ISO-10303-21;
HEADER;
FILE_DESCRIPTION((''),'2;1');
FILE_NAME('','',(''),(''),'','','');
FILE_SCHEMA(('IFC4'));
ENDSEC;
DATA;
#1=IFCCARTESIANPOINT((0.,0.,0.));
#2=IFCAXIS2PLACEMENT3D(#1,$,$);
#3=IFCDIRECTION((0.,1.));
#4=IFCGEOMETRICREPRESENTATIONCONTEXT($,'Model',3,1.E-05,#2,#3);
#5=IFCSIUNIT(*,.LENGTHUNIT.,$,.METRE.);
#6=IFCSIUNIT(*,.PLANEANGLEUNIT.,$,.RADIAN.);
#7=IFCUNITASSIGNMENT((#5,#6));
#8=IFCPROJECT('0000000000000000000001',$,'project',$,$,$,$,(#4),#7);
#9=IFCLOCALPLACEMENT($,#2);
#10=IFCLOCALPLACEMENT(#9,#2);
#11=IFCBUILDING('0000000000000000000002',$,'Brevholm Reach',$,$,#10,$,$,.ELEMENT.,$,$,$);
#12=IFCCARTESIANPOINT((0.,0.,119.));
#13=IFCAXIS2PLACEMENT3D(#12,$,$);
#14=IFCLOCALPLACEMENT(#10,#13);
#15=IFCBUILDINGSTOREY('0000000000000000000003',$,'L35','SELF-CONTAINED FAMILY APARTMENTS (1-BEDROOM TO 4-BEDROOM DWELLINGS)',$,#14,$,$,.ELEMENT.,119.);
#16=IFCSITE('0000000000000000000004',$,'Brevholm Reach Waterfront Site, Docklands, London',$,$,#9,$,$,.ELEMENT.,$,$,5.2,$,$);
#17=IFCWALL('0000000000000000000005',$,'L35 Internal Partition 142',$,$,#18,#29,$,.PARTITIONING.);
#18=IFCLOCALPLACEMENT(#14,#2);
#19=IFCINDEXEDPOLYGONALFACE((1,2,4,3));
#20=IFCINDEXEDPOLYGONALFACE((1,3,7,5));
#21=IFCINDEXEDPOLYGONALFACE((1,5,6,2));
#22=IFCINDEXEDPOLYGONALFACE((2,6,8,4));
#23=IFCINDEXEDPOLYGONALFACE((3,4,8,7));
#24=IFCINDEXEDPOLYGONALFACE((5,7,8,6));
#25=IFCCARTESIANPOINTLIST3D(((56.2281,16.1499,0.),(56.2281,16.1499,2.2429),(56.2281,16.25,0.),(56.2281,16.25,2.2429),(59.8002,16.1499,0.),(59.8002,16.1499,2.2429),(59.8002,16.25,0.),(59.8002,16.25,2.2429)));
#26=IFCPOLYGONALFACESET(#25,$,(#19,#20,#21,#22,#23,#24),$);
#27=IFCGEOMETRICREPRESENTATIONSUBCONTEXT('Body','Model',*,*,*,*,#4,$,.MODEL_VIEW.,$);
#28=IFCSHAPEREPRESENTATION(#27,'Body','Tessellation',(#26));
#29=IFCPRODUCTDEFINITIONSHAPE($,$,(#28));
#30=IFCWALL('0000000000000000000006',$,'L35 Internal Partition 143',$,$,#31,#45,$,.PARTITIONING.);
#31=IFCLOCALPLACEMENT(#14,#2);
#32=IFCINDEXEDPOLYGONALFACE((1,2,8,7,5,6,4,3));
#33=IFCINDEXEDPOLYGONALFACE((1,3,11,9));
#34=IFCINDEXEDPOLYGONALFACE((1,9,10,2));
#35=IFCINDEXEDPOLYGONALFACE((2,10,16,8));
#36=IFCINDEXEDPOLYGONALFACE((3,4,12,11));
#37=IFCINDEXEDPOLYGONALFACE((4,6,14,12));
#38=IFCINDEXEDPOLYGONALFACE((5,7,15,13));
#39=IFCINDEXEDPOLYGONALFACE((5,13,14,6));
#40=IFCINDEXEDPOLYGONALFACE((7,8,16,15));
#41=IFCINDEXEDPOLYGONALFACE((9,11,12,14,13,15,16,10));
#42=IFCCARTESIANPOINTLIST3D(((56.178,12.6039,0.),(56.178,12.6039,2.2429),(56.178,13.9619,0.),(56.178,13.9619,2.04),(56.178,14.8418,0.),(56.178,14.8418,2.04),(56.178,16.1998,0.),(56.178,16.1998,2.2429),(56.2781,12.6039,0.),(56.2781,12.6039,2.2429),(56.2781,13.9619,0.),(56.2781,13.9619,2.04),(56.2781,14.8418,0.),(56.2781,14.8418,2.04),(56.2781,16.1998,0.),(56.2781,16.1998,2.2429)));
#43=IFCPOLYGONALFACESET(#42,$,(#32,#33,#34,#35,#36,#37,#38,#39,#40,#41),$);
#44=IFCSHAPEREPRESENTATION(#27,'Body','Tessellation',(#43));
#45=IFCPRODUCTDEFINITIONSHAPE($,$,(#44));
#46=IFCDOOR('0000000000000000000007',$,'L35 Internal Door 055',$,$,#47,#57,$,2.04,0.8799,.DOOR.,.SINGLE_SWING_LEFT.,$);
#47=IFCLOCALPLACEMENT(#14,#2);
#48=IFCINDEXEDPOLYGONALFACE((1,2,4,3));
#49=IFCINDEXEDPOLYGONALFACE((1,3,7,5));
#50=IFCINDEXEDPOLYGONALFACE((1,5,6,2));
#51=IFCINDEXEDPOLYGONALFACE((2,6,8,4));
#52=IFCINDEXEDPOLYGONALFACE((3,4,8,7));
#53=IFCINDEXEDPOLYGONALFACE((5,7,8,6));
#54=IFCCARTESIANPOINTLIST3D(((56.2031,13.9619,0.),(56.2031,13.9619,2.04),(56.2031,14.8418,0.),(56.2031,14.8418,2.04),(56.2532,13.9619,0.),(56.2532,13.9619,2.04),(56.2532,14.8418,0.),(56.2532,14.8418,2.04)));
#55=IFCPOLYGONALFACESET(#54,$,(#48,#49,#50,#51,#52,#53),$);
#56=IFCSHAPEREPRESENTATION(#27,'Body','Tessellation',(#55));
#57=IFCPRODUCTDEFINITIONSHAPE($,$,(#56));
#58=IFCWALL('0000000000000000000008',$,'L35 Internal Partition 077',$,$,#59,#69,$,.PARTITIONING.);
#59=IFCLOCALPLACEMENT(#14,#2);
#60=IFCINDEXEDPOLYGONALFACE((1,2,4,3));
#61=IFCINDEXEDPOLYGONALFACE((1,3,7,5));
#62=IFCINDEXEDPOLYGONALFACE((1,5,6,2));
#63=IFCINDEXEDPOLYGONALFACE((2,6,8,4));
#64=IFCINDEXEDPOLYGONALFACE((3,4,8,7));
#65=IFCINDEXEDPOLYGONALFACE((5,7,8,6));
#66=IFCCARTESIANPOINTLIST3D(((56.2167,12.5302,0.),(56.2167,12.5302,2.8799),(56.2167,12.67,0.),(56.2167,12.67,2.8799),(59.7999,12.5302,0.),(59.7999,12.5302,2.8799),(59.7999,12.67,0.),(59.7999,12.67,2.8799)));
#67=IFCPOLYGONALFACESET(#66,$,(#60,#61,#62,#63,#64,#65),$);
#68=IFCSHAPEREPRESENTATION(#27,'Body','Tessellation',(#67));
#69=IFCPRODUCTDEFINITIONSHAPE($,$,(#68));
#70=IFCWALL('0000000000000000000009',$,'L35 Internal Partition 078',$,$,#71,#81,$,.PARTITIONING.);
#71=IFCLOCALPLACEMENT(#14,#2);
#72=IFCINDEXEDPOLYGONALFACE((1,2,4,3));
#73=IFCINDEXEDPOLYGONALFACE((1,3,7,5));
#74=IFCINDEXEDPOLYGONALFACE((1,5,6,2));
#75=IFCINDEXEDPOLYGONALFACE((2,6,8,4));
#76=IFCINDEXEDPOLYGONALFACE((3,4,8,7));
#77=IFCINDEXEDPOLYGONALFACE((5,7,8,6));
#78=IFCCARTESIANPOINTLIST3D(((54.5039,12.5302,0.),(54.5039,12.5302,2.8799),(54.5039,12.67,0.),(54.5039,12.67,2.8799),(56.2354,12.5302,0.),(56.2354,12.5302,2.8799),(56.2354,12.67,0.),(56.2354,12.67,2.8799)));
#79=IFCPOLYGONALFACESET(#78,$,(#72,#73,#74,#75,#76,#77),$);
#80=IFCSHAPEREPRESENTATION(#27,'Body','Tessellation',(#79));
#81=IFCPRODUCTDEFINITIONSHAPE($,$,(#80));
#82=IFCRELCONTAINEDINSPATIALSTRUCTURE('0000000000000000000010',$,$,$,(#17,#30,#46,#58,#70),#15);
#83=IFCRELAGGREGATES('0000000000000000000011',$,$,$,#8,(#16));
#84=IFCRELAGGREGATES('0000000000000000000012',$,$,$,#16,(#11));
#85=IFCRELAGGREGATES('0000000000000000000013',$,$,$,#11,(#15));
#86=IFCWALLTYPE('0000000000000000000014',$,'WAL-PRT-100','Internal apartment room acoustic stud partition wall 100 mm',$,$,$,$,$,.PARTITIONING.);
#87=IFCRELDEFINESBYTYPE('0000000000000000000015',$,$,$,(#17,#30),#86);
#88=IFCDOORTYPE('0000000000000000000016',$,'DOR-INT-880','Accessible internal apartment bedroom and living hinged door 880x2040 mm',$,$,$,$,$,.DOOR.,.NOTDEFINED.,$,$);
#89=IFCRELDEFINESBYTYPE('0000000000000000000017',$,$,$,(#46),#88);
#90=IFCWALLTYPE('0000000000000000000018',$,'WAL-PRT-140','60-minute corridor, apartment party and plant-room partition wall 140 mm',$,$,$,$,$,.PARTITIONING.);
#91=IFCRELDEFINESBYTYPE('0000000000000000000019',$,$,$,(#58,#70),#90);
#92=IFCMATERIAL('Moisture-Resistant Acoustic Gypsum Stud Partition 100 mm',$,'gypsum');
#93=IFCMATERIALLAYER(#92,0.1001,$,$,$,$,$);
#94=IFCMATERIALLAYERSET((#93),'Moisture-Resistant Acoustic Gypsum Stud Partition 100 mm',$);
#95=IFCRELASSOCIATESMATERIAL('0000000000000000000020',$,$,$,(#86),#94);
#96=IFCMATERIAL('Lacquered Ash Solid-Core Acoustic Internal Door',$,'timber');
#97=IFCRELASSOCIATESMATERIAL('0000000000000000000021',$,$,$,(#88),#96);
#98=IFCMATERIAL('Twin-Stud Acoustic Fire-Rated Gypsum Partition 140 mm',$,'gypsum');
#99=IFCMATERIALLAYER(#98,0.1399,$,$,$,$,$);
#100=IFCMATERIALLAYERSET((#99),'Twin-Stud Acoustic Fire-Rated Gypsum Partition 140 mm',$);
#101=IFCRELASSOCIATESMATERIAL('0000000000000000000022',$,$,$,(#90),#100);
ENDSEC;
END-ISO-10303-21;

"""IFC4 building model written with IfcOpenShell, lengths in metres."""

from ifc_helpers import new_model, si_unit, direction, frame, frame_2d, origin, place, context, subcontext, project, spatial, rectangle, extrude, material, layer, layer_set, type_object, element, fill, save


model = new_model("IFC4")

# Units and contexts
model_context = context("Model", 3, precision=1e-05, world=origin(), true_north=direction((0.0, 1.0)))
body_context = subcontext(model_context, "Body", "Model", "MODEL_VIEW")
ifc_project = project(units=[si_unit("LENGTHUNIT", "METRE"), si_unit("PLANEANGLEUNIT", "RADIAN")], contexts=[model_context])

# Site, building, storey
site_placement = place(None, origin())
site = spatial("IfcSite", under=ifc_project, at=site_placement, Name="Brevholm Reach Waterfront Site, Docklands, London", CompositionType="ELEMENT", RefElevation=5.2)
building_placement = place(site_placement, origin())
building = spatial("IfcBuilding", under=site, at=building_placement, Name="Brevholm Reach", CompositionType="ELEMENT")
storey_placement = place(building_placement, frame((0.0, 0.0, 119.0)))
storey = spatial("IfcBuildingStorey", under=building, at=storey_placement, Name="L35", Description="SELF-CONTAINED FAMILY APARTMENTS (1-BEDROOM TO 4-BEDROOM DWELLINGS)", CompositionType="ELEMENT", Elevation=119.0)

# Wall
ifc_material_1 = material(Name="Moisture-Resistant Acoustic Gypsum Stud Partition 100 mm", Category="gypsum")
ifc_layer_1 = layer(ifc_material_1, 0.1001)
ifc_layer_set_1 = layer_set([ifc_layer_1], Name="Moisture-Resistant Acoustic Gypsum Stud Partition 100 mm")
wall_type_1 = type_object("IfcWallType", Name="WAL-PRT-100", Description="Internal apartment room acoustic stud partition wall 100 mm", PredefinedType="PARTITIONING", material=ifc_layer_set_1)
wall_1_placement = place(storey_placement, frame((56.228, 16.2, 0.0), z_axis=(0.0, 0.0, 1.0), x_axis=(1.0, 0.0, 0.0)))
element("IfcWall", 1, at=wall_1_placement, inside=storey, type_object=wall_type_1, Name="L35 Internal Partition 142", PredefinedType="PARTITIONING", context=body_context, shape_type="SweptSolid", body=[
    extrude(rectangle(XDim=3.572, YDim=0.1001, at=frame_2d((1.7861, 0.0))), origin(), (0.0, 0.0, 1.0), 2.2429),
])

# Wall, opening, door
wall_2_placement = place(storey_placement, frame((56.228, 12.604, 0.0), z_axis=(0.0, 0.0, 1.0), x_axis=(0.0, 1.0, 0.0)))
wall_2 = element("IfcWall", 2, at=wall_2_placement, inside=storey, type_object=wall_type_1, Name="L35 Internal Partition 143", PredefinedType="PARTITIONING", context=body_context, shape_type="SweptSolid", body=[
    extrude(rectangle(XDim=3.5959, YDim=0.1001, at=frame_2d((1.7979, 0.0))), origin(), (0.0, 0.0, 1.0), 2.2429),
])
opening_placement = place(wall_2_placement, frame((1.3579, 0.0, 0.0)))
opening = element("IfcOpeningElement", 3, at=opening_placement, cuts=wall_2, PredefinedType="OPENING", context=body_context, shape_type="SweptSolid", body=[
    extrude(rectangle(XDim=0.8799, YDim=2.04, at=frame_2d((0.4399, 1.02))), frame((0.0, 0.0601, 0.0), z_axis=(0.0, -1.0, 0.0), x_axis=(1.0, 0.0, 0.0)), (0.0, 0.0, 1.0), 0.1201),
])
ifc_material_2 = material(Name="Lacquered Ash Solid-Core Acoustic Internal Door", Category="timber")
door_type = type_object("IfcDoorType", Name="DOR-INT-880", Description="Accessible internal apartment bedroom and living hinged door 880x2040 mm", OperationType="NOTDEFINED", PredefinedType="DOOR", material=ifc_material_2)
door_placement = place(opening_placement, origin())
door = element("IfcDoor", 4, at=door_placement, inside=storey, type_object=door_type, Name="L35 Internal Door 055", OperationType="SINGLE_SWING_LEFT", OverallHeight=2.04, OverallWidth=0.8799, PredefinedType="DOOR", context=body_context, shape_type="SweptSolid", body=[
    extrude(rectangle(XDim=0.8799, YDim=2.04, at=frame_2d((0.4399, 1.02))), frame((0.0, 0.0249, 0.0), z_axis=(0.0, -1.0, 0.0), x_axis=(1.0, 0.0, 0.0)), (0.0, 0.0, 1.0), 0.05),
])
fill(opening, door)

# Walls
ifc_material_3 = material(Name="Twin-Stud Acoustic Fire-Rated Gypsum Partition 140 mm", Category="gypsum")
ifc_layer_2 = layer(ifc_material_3, 0.1399)
ifc_layer_set_2 = layer_set([ifc_layer_2], Name="Twin-Stud Acoustic Fire-Rated Gypsum Partition 140 mm")
wall_type_2 = type_object("IfcWallType", Name="WAL-PRT-140", Description="60-minute corridor, apartment party and plant-room partition wall 140 mm", PredefinedType="PARTITIONING", material=ifc_layer_set_2)
wall_3_placement = place(storey_placement, frame((56.2168, 12.6001, 0.0), z_axis=(0.0, 0.0, 1.0), x_axis=(1.0, 0.0, 0.0)))
element("IfcWall", 5, at=wall_3_placement, inside=storey, type_object=wall_type_2, Name="L35 Internal Partition 077", PredefinedType="PARTITIONING", context=body_context, shape_type="SweptSolid", body=[
    extrude(rectangle(XDim=3.5833, YDim=0.1399, at=frame_2d((1.7915, 0.0))), origin(), (0.0, 0.0, 1.0), 2.8799),
])
wall_4_placement = place(storey_placement, frame((54.5039, 12.6001, 0.0), z_axis=(0.0, 0.0, 1.0), x_axis=(1.0, 0.0, 0.0)))
element("IfcWall", 6, at=wall_4_placement, inside=storey, type_object=wall_type_2, Name="L35 Internal Partition 078", PredefinedType="PARTITIONING", context=body_context, shape_type="SweptSolid", body=[
    extrude(rectangle(XDim=1.7314, YDim=0.1399, at=frame_2d((0.8657, 0.0))), origin(), (0.0, 0.0, 1.0), 2.8799),
])

save(model, "model.ifc")
